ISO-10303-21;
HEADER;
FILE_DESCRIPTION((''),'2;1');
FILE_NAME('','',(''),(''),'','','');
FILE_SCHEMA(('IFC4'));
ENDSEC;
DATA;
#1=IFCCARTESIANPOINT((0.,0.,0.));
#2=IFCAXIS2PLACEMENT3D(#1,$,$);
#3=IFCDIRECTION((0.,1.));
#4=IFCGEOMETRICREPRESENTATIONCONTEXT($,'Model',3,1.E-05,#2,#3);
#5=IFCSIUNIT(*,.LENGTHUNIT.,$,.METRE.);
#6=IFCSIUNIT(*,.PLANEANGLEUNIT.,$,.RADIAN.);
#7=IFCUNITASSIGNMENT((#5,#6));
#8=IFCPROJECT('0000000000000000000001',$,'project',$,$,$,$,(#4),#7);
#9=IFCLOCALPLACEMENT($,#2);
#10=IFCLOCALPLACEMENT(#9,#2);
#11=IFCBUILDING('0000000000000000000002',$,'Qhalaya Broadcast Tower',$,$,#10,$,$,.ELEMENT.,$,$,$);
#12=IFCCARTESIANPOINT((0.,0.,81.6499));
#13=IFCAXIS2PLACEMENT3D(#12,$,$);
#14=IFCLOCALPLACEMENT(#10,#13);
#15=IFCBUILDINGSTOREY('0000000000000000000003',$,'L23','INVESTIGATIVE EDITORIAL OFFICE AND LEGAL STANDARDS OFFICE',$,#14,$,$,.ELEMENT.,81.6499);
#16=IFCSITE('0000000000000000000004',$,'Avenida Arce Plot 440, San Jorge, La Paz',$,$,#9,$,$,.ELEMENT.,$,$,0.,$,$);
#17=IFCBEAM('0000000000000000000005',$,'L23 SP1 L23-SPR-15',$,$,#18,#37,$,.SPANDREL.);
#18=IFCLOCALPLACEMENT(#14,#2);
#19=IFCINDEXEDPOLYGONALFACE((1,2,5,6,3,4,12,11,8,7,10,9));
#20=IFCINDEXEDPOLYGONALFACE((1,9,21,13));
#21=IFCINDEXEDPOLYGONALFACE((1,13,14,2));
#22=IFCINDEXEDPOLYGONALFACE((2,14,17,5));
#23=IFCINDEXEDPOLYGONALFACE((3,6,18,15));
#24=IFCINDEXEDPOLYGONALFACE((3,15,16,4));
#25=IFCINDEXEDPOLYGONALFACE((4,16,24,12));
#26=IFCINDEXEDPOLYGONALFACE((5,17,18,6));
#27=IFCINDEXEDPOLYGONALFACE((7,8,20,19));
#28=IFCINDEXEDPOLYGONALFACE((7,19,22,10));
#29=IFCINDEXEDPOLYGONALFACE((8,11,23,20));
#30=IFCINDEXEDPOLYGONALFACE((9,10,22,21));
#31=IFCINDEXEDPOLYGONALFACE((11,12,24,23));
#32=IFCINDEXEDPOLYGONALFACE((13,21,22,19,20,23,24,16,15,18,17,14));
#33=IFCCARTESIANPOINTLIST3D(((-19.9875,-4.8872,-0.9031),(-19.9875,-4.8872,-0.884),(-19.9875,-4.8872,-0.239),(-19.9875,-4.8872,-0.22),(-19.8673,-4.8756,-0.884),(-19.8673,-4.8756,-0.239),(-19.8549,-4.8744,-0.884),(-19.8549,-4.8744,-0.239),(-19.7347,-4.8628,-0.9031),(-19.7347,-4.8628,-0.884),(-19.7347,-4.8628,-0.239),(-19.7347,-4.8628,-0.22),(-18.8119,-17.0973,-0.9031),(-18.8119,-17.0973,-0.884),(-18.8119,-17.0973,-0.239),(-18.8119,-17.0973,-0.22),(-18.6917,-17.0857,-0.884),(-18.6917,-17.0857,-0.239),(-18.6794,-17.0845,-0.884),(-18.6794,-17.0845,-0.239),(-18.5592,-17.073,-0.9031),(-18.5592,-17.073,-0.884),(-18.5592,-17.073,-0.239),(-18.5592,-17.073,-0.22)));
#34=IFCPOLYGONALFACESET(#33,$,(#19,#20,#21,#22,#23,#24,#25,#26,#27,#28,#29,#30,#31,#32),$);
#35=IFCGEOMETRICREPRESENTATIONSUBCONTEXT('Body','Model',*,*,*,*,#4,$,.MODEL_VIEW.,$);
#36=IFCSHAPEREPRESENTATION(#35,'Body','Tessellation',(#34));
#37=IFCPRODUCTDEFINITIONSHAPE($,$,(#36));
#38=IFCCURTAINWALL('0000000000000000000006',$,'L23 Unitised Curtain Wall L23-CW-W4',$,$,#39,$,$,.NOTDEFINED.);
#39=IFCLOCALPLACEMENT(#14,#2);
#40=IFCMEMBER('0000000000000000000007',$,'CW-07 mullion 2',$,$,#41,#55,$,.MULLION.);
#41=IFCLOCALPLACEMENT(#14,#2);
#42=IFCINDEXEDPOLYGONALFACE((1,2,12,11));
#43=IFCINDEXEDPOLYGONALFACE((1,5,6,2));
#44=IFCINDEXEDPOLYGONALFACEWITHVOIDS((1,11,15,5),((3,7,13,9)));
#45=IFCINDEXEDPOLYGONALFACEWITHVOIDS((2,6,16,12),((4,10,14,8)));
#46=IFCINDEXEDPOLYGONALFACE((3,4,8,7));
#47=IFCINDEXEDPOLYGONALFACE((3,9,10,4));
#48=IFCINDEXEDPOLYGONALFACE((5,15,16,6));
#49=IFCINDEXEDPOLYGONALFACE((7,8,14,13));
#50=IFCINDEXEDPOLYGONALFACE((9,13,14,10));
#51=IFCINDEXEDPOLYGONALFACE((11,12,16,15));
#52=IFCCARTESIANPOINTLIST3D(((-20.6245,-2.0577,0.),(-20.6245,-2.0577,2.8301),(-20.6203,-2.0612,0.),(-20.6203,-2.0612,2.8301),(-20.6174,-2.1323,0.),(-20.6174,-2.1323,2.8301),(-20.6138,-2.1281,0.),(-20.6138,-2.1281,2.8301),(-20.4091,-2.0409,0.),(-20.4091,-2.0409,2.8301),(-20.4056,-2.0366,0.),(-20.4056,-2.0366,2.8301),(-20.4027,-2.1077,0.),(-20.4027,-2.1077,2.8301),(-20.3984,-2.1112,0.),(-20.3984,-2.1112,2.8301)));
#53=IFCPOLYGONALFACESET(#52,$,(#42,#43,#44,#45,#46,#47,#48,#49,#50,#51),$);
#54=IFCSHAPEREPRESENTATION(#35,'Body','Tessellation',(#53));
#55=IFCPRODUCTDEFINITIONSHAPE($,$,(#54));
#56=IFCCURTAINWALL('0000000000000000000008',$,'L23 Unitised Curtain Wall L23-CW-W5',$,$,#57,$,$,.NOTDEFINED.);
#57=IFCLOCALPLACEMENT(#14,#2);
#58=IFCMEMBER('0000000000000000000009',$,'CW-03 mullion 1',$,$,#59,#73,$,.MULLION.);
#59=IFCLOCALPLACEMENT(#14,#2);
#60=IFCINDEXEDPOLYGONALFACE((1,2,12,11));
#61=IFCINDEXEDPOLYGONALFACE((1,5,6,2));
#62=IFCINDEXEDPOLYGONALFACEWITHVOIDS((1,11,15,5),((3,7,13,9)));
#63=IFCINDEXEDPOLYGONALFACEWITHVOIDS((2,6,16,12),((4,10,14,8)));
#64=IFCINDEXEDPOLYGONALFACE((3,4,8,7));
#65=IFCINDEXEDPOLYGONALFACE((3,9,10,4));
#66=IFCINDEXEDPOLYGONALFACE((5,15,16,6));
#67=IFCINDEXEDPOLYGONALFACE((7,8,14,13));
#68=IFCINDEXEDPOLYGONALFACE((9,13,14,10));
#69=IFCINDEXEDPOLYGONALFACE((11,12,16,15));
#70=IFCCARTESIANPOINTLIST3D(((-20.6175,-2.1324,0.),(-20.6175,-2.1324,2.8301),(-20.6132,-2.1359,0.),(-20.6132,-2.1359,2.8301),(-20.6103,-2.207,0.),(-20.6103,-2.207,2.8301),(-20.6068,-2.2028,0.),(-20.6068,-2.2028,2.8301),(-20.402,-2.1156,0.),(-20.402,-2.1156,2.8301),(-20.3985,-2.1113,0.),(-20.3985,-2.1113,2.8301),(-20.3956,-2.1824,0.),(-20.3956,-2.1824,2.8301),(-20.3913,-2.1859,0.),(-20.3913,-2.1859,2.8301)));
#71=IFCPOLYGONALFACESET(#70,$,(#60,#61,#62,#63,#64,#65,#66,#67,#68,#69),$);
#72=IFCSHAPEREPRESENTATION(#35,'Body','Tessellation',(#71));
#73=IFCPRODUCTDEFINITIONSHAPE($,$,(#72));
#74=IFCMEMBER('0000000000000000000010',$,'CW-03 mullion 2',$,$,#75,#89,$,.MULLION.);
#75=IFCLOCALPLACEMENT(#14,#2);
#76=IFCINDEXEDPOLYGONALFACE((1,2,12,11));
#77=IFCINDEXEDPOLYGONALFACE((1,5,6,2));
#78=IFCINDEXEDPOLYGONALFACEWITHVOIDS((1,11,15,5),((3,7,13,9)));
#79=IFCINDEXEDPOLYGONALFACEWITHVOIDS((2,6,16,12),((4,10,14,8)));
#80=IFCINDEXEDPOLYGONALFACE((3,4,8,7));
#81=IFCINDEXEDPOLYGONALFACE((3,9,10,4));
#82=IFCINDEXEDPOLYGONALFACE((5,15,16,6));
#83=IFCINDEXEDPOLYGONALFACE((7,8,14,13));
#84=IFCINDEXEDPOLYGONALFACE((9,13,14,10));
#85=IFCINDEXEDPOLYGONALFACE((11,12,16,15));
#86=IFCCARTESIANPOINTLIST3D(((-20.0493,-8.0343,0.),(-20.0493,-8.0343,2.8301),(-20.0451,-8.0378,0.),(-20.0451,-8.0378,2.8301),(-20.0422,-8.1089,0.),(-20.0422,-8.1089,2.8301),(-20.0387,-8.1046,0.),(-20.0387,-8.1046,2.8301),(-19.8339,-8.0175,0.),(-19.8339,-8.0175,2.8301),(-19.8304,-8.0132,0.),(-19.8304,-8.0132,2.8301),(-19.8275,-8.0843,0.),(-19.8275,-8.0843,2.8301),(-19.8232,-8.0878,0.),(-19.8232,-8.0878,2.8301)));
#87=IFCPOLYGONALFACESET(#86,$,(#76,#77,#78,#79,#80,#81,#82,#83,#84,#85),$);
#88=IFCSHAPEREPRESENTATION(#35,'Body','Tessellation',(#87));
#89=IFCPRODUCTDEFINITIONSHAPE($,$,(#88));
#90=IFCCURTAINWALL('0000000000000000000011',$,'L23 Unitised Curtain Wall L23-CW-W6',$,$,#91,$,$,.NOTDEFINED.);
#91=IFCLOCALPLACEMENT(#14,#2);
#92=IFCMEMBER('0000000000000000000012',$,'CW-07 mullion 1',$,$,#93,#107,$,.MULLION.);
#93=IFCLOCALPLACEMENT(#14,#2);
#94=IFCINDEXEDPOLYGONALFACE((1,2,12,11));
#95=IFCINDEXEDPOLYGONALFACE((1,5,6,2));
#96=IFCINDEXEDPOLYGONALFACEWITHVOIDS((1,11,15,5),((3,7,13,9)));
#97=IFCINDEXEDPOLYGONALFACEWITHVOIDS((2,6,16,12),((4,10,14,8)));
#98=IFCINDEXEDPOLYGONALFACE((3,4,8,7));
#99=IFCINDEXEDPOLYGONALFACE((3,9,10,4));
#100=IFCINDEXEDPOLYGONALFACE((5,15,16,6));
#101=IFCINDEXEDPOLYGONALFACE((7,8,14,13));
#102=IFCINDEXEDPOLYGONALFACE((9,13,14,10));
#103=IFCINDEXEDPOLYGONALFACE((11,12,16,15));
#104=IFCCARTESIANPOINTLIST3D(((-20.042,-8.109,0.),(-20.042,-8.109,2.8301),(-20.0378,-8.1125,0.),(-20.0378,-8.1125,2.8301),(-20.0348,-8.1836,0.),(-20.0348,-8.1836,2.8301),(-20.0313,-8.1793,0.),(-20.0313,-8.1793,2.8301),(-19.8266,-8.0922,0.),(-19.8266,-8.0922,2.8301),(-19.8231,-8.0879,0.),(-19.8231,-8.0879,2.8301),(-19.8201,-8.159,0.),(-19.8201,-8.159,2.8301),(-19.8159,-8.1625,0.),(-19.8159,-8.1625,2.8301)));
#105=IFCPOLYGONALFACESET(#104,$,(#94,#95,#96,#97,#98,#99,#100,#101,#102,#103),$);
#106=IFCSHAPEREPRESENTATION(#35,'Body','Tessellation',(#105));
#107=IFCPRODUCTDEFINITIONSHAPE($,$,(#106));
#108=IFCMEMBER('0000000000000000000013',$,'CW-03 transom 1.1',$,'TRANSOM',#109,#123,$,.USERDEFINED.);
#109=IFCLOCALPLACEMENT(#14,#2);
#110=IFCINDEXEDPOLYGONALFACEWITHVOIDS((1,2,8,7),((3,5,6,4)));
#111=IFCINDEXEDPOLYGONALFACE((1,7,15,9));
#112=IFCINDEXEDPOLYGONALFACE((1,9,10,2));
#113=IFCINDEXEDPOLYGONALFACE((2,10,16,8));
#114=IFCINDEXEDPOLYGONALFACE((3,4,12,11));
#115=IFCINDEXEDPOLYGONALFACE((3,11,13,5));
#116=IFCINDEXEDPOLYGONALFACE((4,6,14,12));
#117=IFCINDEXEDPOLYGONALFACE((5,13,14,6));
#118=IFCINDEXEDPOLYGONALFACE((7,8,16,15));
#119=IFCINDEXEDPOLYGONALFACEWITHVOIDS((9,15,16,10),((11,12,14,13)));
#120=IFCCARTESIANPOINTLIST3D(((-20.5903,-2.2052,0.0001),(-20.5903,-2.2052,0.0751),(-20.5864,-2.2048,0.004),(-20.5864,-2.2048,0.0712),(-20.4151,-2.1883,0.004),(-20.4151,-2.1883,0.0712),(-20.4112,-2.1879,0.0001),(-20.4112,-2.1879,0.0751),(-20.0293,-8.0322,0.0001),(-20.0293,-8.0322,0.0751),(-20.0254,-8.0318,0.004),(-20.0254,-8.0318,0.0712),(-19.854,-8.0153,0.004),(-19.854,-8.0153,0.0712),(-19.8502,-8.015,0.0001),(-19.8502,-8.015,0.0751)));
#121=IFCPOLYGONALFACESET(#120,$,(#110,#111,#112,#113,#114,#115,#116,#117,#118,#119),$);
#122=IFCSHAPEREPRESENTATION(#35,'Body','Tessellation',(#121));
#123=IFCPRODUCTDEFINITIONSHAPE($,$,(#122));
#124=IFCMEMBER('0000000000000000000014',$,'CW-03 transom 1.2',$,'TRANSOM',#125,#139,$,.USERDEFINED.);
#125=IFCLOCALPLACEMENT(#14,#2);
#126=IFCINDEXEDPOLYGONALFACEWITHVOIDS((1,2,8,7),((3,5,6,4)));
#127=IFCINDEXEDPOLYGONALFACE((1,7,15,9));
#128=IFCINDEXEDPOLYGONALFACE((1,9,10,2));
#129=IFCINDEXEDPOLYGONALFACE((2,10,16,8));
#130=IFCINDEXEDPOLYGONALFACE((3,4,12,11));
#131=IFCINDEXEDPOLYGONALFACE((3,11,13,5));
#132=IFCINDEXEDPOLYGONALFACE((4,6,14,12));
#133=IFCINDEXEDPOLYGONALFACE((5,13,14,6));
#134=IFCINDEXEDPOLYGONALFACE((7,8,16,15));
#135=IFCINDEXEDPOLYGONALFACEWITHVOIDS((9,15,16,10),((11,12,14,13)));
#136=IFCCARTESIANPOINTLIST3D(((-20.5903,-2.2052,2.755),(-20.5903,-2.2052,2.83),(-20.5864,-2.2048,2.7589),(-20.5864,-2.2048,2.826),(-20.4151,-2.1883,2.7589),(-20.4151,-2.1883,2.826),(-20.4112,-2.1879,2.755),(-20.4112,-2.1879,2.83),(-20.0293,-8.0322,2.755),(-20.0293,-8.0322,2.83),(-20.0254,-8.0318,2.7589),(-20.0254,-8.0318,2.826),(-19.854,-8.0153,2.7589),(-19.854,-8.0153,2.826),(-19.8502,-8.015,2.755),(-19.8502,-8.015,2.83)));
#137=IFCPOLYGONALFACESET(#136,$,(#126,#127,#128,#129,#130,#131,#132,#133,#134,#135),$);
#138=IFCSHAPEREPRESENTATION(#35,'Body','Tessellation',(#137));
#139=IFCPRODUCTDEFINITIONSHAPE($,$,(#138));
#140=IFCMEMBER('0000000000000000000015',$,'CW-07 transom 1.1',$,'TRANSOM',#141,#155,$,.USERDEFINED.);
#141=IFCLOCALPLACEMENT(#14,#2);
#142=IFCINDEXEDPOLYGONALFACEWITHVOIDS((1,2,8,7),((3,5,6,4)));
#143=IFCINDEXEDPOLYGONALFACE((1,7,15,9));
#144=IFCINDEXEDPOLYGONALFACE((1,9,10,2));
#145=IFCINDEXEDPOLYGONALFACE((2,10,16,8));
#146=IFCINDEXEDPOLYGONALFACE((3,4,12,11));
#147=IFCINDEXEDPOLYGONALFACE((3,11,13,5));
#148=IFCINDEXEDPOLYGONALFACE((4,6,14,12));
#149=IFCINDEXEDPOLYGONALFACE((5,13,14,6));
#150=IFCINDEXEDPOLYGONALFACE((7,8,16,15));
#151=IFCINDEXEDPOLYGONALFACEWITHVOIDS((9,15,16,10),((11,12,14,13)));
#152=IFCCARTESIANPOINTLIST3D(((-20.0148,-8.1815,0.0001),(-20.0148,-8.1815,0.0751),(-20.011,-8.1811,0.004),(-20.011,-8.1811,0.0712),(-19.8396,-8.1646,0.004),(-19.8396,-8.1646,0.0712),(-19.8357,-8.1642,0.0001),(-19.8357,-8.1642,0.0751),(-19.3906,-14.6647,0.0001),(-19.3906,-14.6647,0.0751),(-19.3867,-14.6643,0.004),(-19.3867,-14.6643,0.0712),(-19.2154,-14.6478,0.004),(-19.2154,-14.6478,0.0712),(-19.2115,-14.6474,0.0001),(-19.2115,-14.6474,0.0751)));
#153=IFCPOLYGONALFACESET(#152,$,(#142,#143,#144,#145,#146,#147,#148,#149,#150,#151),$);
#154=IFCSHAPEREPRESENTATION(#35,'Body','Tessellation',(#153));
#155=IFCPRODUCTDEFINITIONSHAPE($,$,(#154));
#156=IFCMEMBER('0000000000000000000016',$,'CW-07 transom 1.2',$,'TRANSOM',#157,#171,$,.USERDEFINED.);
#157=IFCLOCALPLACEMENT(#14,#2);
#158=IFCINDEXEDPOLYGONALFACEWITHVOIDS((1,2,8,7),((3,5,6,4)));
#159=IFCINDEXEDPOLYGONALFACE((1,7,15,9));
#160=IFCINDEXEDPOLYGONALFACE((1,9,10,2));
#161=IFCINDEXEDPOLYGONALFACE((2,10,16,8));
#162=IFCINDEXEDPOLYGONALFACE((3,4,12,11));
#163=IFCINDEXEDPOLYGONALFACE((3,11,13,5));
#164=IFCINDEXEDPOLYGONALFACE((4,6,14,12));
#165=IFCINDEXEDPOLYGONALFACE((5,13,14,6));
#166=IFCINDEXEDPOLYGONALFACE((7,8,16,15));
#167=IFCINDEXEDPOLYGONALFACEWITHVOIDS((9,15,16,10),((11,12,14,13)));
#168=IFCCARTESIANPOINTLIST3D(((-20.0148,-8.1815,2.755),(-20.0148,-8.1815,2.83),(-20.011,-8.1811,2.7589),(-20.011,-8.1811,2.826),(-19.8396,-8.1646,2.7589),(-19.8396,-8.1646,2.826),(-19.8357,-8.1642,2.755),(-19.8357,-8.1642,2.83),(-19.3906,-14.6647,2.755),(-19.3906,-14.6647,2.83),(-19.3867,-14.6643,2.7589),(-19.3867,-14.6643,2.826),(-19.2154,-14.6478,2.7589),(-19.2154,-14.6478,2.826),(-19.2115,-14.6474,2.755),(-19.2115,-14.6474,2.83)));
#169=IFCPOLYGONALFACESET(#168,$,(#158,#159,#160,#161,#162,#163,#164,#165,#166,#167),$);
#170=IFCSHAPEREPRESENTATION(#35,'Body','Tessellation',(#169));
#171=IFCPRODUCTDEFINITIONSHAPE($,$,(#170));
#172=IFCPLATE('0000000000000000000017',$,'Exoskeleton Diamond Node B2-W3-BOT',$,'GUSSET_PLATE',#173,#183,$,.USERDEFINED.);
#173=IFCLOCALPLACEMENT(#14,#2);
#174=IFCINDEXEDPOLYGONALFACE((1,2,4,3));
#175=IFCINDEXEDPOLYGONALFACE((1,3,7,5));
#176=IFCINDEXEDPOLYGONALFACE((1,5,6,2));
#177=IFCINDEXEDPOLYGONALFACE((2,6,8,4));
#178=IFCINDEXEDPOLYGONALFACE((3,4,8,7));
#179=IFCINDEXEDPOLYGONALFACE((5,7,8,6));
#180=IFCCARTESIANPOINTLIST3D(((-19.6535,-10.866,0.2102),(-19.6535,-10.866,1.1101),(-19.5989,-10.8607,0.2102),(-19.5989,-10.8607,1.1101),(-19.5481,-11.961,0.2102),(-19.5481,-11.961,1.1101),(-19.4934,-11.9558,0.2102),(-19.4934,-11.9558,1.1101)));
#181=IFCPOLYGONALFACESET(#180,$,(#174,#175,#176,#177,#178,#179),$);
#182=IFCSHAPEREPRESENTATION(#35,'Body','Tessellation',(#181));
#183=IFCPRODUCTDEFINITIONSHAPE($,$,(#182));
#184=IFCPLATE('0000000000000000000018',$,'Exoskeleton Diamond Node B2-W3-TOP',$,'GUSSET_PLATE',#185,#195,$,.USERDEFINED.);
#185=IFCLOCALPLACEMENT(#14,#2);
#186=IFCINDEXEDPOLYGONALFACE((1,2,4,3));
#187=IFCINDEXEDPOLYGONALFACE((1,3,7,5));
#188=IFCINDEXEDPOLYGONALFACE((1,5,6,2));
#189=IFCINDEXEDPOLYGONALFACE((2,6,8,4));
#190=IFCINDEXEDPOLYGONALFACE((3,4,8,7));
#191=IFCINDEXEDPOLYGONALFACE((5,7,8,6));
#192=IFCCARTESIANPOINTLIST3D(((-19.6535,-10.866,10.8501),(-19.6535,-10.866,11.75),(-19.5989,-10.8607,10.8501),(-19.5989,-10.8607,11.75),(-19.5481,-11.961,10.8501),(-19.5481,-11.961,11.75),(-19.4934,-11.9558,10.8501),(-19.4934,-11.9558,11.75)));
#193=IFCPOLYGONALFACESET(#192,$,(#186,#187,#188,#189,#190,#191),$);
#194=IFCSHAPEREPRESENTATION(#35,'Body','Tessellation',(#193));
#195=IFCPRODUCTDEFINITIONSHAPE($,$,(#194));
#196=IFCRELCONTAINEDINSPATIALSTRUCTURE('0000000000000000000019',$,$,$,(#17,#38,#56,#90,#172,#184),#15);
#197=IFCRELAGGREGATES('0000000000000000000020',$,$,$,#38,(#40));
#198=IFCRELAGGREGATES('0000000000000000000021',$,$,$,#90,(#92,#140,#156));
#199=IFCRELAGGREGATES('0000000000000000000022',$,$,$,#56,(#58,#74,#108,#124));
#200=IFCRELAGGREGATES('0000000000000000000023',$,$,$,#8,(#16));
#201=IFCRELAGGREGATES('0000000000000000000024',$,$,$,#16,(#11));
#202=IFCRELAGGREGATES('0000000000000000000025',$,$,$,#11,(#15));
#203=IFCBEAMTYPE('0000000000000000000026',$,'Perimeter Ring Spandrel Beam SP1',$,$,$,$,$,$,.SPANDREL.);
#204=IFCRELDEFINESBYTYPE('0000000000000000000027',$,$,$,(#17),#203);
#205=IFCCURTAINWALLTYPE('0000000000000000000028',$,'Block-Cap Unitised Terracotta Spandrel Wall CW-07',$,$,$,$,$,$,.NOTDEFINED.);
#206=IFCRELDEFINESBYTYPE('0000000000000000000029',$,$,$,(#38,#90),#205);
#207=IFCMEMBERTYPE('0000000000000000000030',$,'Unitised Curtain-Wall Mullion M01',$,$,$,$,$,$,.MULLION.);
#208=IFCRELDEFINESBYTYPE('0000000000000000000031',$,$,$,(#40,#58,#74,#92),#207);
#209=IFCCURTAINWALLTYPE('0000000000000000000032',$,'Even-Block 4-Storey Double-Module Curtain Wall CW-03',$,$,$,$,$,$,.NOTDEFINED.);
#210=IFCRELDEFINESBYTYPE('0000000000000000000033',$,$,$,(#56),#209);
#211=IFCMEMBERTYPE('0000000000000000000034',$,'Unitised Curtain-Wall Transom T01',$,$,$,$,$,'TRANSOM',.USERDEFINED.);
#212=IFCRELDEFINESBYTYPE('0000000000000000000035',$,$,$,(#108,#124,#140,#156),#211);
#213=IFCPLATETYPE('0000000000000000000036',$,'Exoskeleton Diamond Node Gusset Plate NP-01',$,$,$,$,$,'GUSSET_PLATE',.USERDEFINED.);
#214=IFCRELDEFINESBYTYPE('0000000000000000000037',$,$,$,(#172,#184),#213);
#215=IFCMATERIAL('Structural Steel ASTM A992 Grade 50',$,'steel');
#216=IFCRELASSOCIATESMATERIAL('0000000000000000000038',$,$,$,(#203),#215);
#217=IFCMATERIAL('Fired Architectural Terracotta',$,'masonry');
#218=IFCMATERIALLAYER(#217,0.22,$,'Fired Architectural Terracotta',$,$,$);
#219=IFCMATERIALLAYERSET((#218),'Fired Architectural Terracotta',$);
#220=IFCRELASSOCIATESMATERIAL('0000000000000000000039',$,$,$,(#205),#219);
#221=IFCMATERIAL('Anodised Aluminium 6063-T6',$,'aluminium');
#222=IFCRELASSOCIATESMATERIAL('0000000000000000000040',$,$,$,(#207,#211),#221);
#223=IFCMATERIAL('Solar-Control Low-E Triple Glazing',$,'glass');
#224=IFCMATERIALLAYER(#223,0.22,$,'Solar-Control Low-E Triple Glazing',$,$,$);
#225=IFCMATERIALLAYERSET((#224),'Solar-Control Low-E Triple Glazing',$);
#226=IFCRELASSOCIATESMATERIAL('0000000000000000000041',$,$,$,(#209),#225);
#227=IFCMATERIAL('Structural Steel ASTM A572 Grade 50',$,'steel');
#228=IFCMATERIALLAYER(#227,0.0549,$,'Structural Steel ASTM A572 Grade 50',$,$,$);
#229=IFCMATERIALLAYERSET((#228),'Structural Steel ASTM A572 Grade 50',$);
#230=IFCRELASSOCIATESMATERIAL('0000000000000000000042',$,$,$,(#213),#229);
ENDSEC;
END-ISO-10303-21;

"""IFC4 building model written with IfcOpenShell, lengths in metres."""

from ifc_helpers import new_model, si_unit, direction, frame, origin, origin_2d, place, context, subcontext, project, spatial, rectangle, hollow_rectangle, i_section, extrude, material, layer, layer_set, material_profile, profile_set, type_object, element, aggregate, save


model = new_model("IFC4")

# Units and contexts
model_context = context("Model", 3, precision=1e-05, world=origin(), true_north=direction((0.0, 1.0)))
body_context = subcontext(model_context, "Body", "Model", "MODEL_VIEW")
ifc_project = project(units=[si_unit("LENGTHUNIT", "METRE"), si_unit("PLANEANGLEUNIT", "RADIAN")], contexts=[model_context])

# Site, building, storey
site_placement = place(None, origin())
site = spatial("IfcSite", under=ifc_project, at=site_placement, Name="Avenida Arce Plot 440, San Jorge, La Paz", CompositionType="ELEMENT", RefElevation=0.0)
building_placement = place(site_placement, origin())
building = spatial("IfcBuilding", under=site, at=building_placement, Name="Qhalaya Broadcast Tower", CompositionType="ELEMENT")
storey_placement = place(building_placement, frame((0.0, 0.0, 81.6499)))
storey = spatial("IfcBuildingStorey", under=building, at=storey_placement, Name="L23", Description="INVESTIGATIVE EDITORIAL OFFICE AND LEGAL STANDARDS OFFICE", CompositionType="ELEMENT", Elevation=81.6499)

# Shared definitions
ifc_material_1 = material(Name="Structural Steel ASTM A572 Grade 50", Category="steel")

# Shared definitions
ifc_material_2 = material(Name="Structural Steel ASTM A992 Grade 50", Category="steel")

# Beam
ifc_material_profile_1 = material_profile(ifc_material_2, i_section(OverallWidth=0.2539, OverallDepth=0.6831, WebThickness=0.0125, FlangeThickness=0.019, at=origin_2d()), Name="W27X94")
ifc_profile_set_1 = profile_set([ifc_material_profile_1], Name="Structural Steel ASTM A992 Grade 50")
beam_type_1 = type_object("IfcBeamType", Name="Perimeter Ring Spandrel Beam SP1", PredefinedType="SPANDREL", material=ifc_profile_set_1)
beam_1_placement = place(storey_placement, frame((-19.8611, -4.875, -0.5615), z_axis=(0.095832, -0.995398, 0.0), x_axis=(0.995398, 0.095832, 0.0)))
element("IfcBeam", 1, at=beam_1_placement, inside=storey, type_object=beam_type_1, Name="L23 SP1 L23-SPR-15", PredefinedType="SPANDREL", context=body_context, shape_type="SweptSolid", body=[
    extrude(i_section(OverallWidth=0.2539, OverallDepth=0.6831, WebThickness=0.0125, FlangeThickness=0.019, at=origin_2d()), origin(), (0.0, 0.0, 1.0), 12.2666),
])

# Curtain wall, member
ifc_material_3 = material(Name="Fired Architectural Terracotta", Category="masonry")
ifc_layer_1 = layer(ifc_material_3, 0.22, Name="Fired Architectural Terracotta")
ifc_layer_set_1 = layer_set([ifc_layer_1], Name="Fired Architectural Terracotta")
curtain_wall_type_1 = type_object("IfcCurtainWallType", Name="Block-Cap Unitised Terracotta Spandrel Wall CW-07", PredefinedType="NOTDEFINED", material=ifc_layer_set_1)
curtain_wall_1_placement = place(storey_placement, origin())
curtain_wall_1 = element("IfcCurtainWall", 2, at=curtain_wall_1_placement, inside=storey, type_object=curtain_wall_type_1, Name="L23 Unitised Curtain Wall L23-CW-W4", PredefinedType="NOTDEFINED")
ifc_material_4 = material(Name="Anodised Aluminium 6063-T6", Category="aluminium")
ifc_material_profile_2 = material_profile(ifc_material_4, hollow_rectangle(XDim=0.075, YDim=0.22, WallThickness=0.0039, at=origin_2d()), Name="ALU-MUL 75x220x4")
ifc_profile_set_2 = profile_set([ifc_material_profile_2], Name="Anodised Aluminium 6063-T6")
member_type_1 = type_object("IfcMemberType", Name="Unitised Curtain-Wall Mullion M01", PredefinedType="MULLION", material=ifc_profile_set_2)
member_1_placement = place(storey_placement, frame((-20.5115, -2.0845, 0.0), z_axis=(0.0, 0.0, 1.0), x_axis=(0.095857, -0.995395, 0.0)))
member_1 = element("IfcMember", 3, at=member_1_placement, type_object=member_type_1, Name="CW-07 mullion 2", PredefinedType="MULLION", context=body_context, shape_type="SweptSolid", body=[
    extrude(hollow_rectangle(XDim=0.075, YDim=0.22, WallThickness=0.0039, at=origin_2d()), origin(), (0.0, 0.0, 1.0), 2.8301),
])
aggregate(curtain_wall_1, [member_1])

# Curtain wall, members
ifc_material_5 = material(Name="Solar-Control Low-E Triple Glazing", Category="glass")
ifc_layer_2 = layer(ifc_material_5, 0.22, Name="Solar-Control Low-E Triple Glazing")
ifc_layer_set_2 = layer_set([ifc_layer_2], Name="Solar-Control Low-E Triple Glazing")
curtain_wall_type_2 = type_object("IfcCurtainWallType", Name="Even-Block 4-Storey Double-Module Curtain Wall CW-03", PredefinedType="NOTDEFINED", material=ifc_layer_set_2)
curtain_wall_2_placement = place(storey_placement, origin())
curtain_wall_2 = element("IfcCurtainWall", 4, at=curtain_wall_2_placement, inside=storey, type_object=curtain_wall_type_2, Name="L23 Unitised Curtain Wall L23-CW-W5", PredefinedType="NOTDEFINED")
member_2_placement = place(storey_placement, frame((-20.5044, -2.1592, 0.0), z_axis=(0.0, 0.0, 1.0), x_axis=(0.095836, -0.995397, 0.0)))
member_2 = element("IfcMember", 5, at=member_2_placement, type_object=member_type_1, Name="CW-03 mullion 1", PredefinedType="MULLION", context=body_context, shape_type="SweptSolid", body=[
    extrude(hollow_rectangle(XDim=0.075, YDim=0.22, WallThickness=0.0039, at=origin_2d()), origin(), (0.0, 0.0, 1.0), 2.8301),
])
member_3_placement = place(storey_placement, frame((-19.9363, -8.061, 0.0), z_axis=(0.0, 0.0, 1.0), x_axis=(0.095836, -0.995397, 0.0)))
member_3 = element("IfcMember", 6, at=member_3_placement, type_object=member_type_1, Name="CW-03 mullion 2", PredefinedType="MULLION", context=body_context, shape_type="SweptSolid", body=[
    extrude(hollow_rectangle(XDim=0.075, YDim=0.22, WallThickness=0.0039, at=origin_2d()), origin(), (0.0, 0.0, 1.0), 2.8301),
])

# Curtain wall, member
curtain_wall_3_placement = place(storey_placement, origin())
curtain_wall_3 = element("IfcCurtainWall", 7, at=curtain_wall_3_placement, inside=storey, type_object=curtain_wall_type_1, Name="L23 Unitised Curtain Wall L23-CW-W6", PredefinedType="NOTDEFINED")
member_4_placement = place(storey_placement, frame((-19.929, -8.1357, 0.0), z_axis=(0.0, 0.0, 1.0), x_axis=(0.095858, -0.995395, 0.0)))
member_4 = element("IfcMember", 8, at=member_4_placement, type_object=member_type_1, Name="CW-07 mullion 1", PredefinedType="MULLION", context=body_context, shape_type="SweptSolid", body=[
    extrude(hollow_rectangle(XDim=0.075, YDim=0.22, WallThickness=0.0039, at=origin_2d()), origin(), (0.0, 0.0, 1.0), 2.8301),
])

# Members
ifc_material_profile_3 = material_profile(ifc_material_4, hollow_rectangle(XDim=0.075, YDim=0.1799, WallThickness=0.0039, at=origin_2d()), Name="ALU-TRN 75x180x4")
ifc_profile_set_3 = profile_set([ifc_material_profile_3], Name="Anodised Aluminium 6063-T6")
member_type_2 = type_object("IfcMemberType", Name="Unitised Curtain-Wall Transom T01", ElementType="TRANSOM", PredefinedType="USERDEFINED", material=ifc_profile_set_3)
member_5_placement = place(storey_placement, frame((-20.5007, -2.1965, 0.0376), z_axis=(0.095836, -0.995397, 0.0), x_axis=(0.0, 0.0, 1.0)))
member_5 = element("IfcMember", 9, at=member_5_placement, type_object=member_type_2, Name="CW-03 transom 1.1", ObjectType="TRANSOM", PredefinedType="USERDEFINED", context=body_context, shape_type="SweptSolid", body=[
    extrude(hollow_rectangle(XDim=0.075, YDim=0.1799, WallThickness=0.0039, at=origin_2d()), origin(), (0.0, 0.0, 1.0), 5.854),
])
member_6_placement = place(storey_placement, frame((-20.5007, -2.1965, 2.7925), z_axis=(0.095836, -0.995397, 0.0), x_axis=(0.0, 0.0, 1.0)))
member_6 = element("IfcMember", 10, at=member_6_placement, type_object=member_type_2, Name="CW-03 transom 1.2", ObjectType="TRANSOM", PredefinedType="USERDEFINED", context=body_context, shape_type="SweptSolid", body=[
    extrude(hollow_rectangle(XDim=0.075, YDim=0.1799, WallThickness=0.0039, at=origin_2d()), origin(), (0.0, 0.0, 1.0), 5.854),
])
member_7_placement = place(storey_placement, frame((-19.9253, -8.1729, 0.0376), z_axis=(0.095847, -0.995396, 0.0), x_axis=(0.0, 0.0, 1.0)))
member_7 = element("IfcMember", 11, at=member_7_placement, type_object=member_type_2, Name="CW-07 transom 1.1", ObjectType="TRANSOM", PredefinedType="USERDEFINED", context=body_context, shape_type="SweptSolid", body=[
    extrude(hollow_rectangle(XDim=0.075, YDim=0.1799, WallThickness=0.0039, at=origin_2d()), origin(), (0.0, 0.0, 1.0), 6.5132),
])
member_8_placement = place(storey_placement, frame((-19.9253, -8.1729, 2.7925), z_axis=(0.095847, -0.995396, 0.0), x_axis=(0.0, 0.0, 1.0)))
member_8 = element("IfcMember", 12, at=member_8_placement, type_object=member_type_2, Name="CW-07 transom 1.2", ObjectType="TRANSOM", PredefinedType="USERDEFINED", context=body_context, shape_type="SweptSolid", body=[
    extrude(hollow_rectangle(XDim=0.075, YDim=0.1799, WallThickness=0.0039, at=origin_2d()), origin(), (0.0, 0.0, 1.0), 6.5132),
])

# Plates
ifc_layer_3 = layer(ifc_material_1, 0.0549, Name="Structural Steel ASTM A572 Grade 50")
ifc_layer_set_3 = layer_set([ifc_layer_3], Name="Structural Steel ASTM A572 Grade 50")
plate_type_1 = type_object("IfcPlateType", Name="Exoskeleton Diamond Node Gusset Plate NP-01", ElementType="GUSSET_PLATE", PredefinedType="USERDEFINED", material=ifc_layer_set_3)
for number, where, z_axis, x_axis, name in (
    (13, (-19.5735, -11.4109, 0.2102), (0.0, 0.0, 1.0), (-0.095846, 0.995396, 0.0), "Exoskeleton Diamond Node B2-W3-BOT"),
    (14, (-19.5735, -11.4109, 10.8501), (0.0, 0.0, 1.0), (-0.095846, 0.995396, 0.0), "Exoskeleton Diamond Node B2-W3-TOP"),
):
    element("IfcPlate", number, at=place(storey_placement, frame(where, z_axis=z_axis, x_axis=x_axis)), inside=storey, type_object=plate_type_1, Name=name, ObjectType="GUSSET_PLATE", PredefinedType="USERDEFINED", context=body_context, shape_type="SweptSolid", body=[
        extrude(rectangle(XDim=1.1001, YDim=0.0549, at=origin_2d()), origin(), (0.0, 0.0, 1.0), 0.8999),
    ])

aggregate(curtain_wall_3, [member_4, member_7, member_8])
aggregate(curtain_wall_2, [member_2, member_3, member_5, member_6])

save(model, "model.ifc")
